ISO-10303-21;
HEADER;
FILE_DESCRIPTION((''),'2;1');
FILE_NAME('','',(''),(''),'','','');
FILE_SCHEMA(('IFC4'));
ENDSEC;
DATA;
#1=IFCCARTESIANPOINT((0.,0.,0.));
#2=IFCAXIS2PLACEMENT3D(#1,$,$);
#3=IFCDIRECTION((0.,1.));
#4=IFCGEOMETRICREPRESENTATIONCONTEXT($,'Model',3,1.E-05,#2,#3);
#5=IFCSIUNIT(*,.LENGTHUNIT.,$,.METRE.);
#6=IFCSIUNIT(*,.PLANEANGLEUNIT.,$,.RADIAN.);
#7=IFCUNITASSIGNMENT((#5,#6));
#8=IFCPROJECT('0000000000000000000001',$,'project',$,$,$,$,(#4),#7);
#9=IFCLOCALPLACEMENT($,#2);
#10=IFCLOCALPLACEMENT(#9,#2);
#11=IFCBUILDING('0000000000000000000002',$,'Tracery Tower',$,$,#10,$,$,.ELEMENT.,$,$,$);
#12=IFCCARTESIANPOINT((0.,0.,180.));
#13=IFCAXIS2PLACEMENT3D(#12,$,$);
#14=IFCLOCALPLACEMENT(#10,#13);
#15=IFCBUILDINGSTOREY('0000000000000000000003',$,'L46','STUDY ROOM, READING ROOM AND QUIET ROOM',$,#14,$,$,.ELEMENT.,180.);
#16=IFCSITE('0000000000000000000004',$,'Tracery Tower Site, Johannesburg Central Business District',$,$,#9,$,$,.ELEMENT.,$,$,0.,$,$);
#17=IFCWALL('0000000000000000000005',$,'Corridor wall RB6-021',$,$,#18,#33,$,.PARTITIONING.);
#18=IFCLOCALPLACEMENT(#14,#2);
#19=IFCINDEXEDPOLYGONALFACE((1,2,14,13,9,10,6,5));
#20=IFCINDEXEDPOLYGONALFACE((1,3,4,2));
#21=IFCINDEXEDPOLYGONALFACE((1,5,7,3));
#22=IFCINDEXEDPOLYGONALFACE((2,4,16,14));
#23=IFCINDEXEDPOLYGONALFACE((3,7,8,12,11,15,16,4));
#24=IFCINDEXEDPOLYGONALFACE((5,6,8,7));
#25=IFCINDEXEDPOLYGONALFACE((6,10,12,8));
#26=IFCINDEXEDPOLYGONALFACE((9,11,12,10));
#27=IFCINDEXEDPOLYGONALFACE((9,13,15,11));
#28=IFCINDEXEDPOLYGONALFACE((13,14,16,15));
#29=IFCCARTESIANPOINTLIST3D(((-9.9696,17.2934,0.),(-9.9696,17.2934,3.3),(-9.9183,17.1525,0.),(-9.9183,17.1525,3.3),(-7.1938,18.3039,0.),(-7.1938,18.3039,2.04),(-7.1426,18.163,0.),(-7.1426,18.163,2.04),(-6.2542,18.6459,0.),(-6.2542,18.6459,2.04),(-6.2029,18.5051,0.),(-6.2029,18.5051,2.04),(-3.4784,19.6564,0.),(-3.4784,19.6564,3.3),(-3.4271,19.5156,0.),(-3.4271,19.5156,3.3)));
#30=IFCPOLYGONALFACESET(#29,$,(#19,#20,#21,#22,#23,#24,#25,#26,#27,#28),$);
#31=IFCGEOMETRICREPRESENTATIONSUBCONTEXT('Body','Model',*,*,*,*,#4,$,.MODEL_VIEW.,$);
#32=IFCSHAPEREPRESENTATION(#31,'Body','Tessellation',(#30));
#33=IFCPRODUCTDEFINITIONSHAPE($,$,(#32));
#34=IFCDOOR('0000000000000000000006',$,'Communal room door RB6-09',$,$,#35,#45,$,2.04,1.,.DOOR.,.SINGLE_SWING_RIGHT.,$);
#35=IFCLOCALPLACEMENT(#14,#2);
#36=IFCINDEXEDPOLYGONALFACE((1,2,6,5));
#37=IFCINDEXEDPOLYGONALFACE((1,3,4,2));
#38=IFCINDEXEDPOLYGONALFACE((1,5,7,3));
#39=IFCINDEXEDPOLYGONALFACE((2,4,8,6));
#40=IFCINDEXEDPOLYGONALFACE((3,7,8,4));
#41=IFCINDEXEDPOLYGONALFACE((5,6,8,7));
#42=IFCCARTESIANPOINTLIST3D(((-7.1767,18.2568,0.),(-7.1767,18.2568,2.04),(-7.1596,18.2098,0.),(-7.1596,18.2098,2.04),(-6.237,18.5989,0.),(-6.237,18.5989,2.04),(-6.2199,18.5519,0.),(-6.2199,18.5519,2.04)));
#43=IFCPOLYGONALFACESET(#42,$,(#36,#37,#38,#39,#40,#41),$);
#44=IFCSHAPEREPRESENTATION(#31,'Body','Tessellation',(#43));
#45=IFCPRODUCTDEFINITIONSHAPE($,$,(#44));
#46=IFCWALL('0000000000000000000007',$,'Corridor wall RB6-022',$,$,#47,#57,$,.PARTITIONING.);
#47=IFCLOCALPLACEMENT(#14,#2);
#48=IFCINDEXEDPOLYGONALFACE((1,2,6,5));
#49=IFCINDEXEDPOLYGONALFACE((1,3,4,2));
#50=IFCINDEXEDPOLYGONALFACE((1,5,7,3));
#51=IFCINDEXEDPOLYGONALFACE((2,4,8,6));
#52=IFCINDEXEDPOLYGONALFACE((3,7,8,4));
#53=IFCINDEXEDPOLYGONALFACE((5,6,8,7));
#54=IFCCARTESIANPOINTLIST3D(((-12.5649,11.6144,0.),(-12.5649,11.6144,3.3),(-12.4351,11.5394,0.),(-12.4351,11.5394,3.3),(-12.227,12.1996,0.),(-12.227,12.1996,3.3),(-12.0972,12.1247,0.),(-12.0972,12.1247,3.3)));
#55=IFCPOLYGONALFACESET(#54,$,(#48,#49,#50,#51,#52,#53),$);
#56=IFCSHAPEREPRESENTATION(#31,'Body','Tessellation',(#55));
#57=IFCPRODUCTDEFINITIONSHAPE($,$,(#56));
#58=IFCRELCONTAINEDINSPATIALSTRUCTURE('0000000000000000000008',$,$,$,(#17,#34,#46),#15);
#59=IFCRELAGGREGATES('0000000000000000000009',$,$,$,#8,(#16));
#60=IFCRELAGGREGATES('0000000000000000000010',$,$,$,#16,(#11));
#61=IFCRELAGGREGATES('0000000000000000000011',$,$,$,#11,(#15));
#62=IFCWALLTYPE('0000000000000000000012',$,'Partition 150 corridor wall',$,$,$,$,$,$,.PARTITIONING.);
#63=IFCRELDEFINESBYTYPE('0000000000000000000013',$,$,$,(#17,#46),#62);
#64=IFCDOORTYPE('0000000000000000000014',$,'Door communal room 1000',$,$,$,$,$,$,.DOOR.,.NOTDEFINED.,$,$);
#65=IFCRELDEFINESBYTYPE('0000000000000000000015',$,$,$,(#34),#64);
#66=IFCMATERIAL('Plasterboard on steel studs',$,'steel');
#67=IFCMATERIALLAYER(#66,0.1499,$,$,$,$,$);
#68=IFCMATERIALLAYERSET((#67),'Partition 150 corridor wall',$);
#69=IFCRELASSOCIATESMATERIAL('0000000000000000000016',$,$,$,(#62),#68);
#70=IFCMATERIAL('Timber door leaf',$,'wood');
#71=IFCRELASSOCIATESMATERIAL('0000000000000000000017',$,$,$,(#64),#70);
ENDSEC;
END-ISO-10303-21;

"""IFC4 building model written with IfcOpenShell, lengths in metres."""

from ifc_helpers import new_model, si_unit, direction, frame, frame_2d, origin, place, context, subcontext, project, spatial, rectangle, extrude, material, layer, layer_set, type_object, element, fill, save


model = new_model("IFC4")

# Units and contexts
model_context = context("Model", 3, precision=1e-05, world=origin(), true_north=direction((0.0, 1.0)))
body_context = subcontext(model_context, "Body", "Model", "MODEL_VIEW")
ifc_project = project(units=[si_unit("LENGTHUNIT", "METRE"), si_unit("PLANEANGLEUNIT", "RADIAN")], contexts=[model_context])

# Site, building, storey
site_placement = place(None, origin())
site = spatial("IfcSite", under=ifc_project, at=site_placement, Name="Tracery Tower Site, Johannesburg Central Business District", CompositionType="ELEMENT", RefElevation=0.0)
building_placement = place(site_placement, origin())
building = spatial("IfcBuilding", under=site, at=building_placement, Name="Tracery Tower", CompositionType="ELEMENT")
storey_placement = place(building_placement, frame((0.0, 0.0, 180.0)))
storey = spatial("IfcBuildingStorey", under=building, at=storey_placement, Name="L46", Description="STUDY ROOM, READING ROOM AND QUIET ROOM", CompositionType="ELEMENT", Elevation=180.0)

# Shared definitions
ifc_material_1 = material(Name="Plasterboard on steel studs", Category="steel")
ifc_layer_1 = layer(ifc_material_1, 0.1499)
ifc_layer_set_1 = layer_set([ifc_layer_1], Name="Partition 150 corridor wall")
wall_type_1 = type_object("IfcWallType", Name="Partition 150 corridor wall", PredefinedType="PARTITIONING", material=ifc_layer_set_1)

# Shared definitions
ifc_material_2 = material(Name="Timber door leaf", Category="wood")
door_type = type_object("IfcDoorType", Name="Door communal room 1000", OperationType="NOTDEFINED", PredefinedType="DOOR", material=ifc_material_2)

# Wall, opening, door
wall_1_placement = place(storey_placement, frame((-9.9441, 17.2229, 0.0), z_axis=(0.0, 0.0, 1.0), x_axis=(0.939673, 0.342075, 0.0)))
wall_1 = element("IfcWall", 1, at=wall_1_placement, inside=storey, type_object=wall_type_1, Name="Corridor wall RB6-021", PredefinedType="PARTITIONING", context=body_context, shape_type="SweptSolid", body=[
    extrude(rectangle(XDim=6.908, YDim=0.1499, at=frame_2d((3.4541, 0.0))), origin(), (0.0, 0.0, 1.0), 3.3),
])
opening_1_placement = place(wall_1_placement, frame((2.9541, 0.0, 0.0)))
opening_1 = element("IfcOpeningElement", 2, at=opening_1_placement, cuts=wall_1, PredefinedType="OPENING", context=body_context, shape_type="SweptSolid", body=[
    extrude(rectangle(XDim=1.0, YDim=2.04, at=frame_2d((0.5, 1.02))), frame((0.0, 0.075, 0.0), z_axis=(0.0, -1.0, 0.0), x_axis=(1.0, 0.0, 0.0)), (0.0, 0.0, 1.0), 0.1499),
])
door_1_placement = place(opening_1_placement, origin())
door_1 = element("IfcDoor", 3, at=door_1_placement, inside=storey, type_object=door_type, Name="Communal room door RB6-09", OperationType="SINGLE_SWING_RIGHT", OverallHeight=2.04, OverallWidth=1.0, PredefinedType="DOOR", context=body_context, shape_type="SweptSolid", body=[
    extrude(rectangle(XDim=1.0, YDim=2.04, at=frame_2d((0.5, 1.02))), frame((0.0, 0.0249, 0.0), z_axis=(0.0, -1.0, 0.0), x_axis=(1.0, 0.0, 0.0)), (0.0, 0.0, 1.0), 0.05),
])
fill(opening_1, door_1)

# Wall
wall_2_placement = place(storey_placement, frame((-12.5, 11.5769, 0.0), z_axis=(0.0, 0.0, 1.0), x_axis=(0.500025, 0.866011, 0.0)))
element("IfcWall", 4, at=wall_2_placement, inside=storey, type_object=wall_type_1, Name="Corridor wall RB6-022", PredefinedType="PARTITIONING", context=body_context, shape_type="SweptSolid", body=[
    extrude(rectangle(XDim=0.6758, YDim=0.1499, at=frame_2d((0.3379, 0.0))), origin(), (0.0, 0.0, 1.0), 3.3),
])

save(model, "model.ifc")
